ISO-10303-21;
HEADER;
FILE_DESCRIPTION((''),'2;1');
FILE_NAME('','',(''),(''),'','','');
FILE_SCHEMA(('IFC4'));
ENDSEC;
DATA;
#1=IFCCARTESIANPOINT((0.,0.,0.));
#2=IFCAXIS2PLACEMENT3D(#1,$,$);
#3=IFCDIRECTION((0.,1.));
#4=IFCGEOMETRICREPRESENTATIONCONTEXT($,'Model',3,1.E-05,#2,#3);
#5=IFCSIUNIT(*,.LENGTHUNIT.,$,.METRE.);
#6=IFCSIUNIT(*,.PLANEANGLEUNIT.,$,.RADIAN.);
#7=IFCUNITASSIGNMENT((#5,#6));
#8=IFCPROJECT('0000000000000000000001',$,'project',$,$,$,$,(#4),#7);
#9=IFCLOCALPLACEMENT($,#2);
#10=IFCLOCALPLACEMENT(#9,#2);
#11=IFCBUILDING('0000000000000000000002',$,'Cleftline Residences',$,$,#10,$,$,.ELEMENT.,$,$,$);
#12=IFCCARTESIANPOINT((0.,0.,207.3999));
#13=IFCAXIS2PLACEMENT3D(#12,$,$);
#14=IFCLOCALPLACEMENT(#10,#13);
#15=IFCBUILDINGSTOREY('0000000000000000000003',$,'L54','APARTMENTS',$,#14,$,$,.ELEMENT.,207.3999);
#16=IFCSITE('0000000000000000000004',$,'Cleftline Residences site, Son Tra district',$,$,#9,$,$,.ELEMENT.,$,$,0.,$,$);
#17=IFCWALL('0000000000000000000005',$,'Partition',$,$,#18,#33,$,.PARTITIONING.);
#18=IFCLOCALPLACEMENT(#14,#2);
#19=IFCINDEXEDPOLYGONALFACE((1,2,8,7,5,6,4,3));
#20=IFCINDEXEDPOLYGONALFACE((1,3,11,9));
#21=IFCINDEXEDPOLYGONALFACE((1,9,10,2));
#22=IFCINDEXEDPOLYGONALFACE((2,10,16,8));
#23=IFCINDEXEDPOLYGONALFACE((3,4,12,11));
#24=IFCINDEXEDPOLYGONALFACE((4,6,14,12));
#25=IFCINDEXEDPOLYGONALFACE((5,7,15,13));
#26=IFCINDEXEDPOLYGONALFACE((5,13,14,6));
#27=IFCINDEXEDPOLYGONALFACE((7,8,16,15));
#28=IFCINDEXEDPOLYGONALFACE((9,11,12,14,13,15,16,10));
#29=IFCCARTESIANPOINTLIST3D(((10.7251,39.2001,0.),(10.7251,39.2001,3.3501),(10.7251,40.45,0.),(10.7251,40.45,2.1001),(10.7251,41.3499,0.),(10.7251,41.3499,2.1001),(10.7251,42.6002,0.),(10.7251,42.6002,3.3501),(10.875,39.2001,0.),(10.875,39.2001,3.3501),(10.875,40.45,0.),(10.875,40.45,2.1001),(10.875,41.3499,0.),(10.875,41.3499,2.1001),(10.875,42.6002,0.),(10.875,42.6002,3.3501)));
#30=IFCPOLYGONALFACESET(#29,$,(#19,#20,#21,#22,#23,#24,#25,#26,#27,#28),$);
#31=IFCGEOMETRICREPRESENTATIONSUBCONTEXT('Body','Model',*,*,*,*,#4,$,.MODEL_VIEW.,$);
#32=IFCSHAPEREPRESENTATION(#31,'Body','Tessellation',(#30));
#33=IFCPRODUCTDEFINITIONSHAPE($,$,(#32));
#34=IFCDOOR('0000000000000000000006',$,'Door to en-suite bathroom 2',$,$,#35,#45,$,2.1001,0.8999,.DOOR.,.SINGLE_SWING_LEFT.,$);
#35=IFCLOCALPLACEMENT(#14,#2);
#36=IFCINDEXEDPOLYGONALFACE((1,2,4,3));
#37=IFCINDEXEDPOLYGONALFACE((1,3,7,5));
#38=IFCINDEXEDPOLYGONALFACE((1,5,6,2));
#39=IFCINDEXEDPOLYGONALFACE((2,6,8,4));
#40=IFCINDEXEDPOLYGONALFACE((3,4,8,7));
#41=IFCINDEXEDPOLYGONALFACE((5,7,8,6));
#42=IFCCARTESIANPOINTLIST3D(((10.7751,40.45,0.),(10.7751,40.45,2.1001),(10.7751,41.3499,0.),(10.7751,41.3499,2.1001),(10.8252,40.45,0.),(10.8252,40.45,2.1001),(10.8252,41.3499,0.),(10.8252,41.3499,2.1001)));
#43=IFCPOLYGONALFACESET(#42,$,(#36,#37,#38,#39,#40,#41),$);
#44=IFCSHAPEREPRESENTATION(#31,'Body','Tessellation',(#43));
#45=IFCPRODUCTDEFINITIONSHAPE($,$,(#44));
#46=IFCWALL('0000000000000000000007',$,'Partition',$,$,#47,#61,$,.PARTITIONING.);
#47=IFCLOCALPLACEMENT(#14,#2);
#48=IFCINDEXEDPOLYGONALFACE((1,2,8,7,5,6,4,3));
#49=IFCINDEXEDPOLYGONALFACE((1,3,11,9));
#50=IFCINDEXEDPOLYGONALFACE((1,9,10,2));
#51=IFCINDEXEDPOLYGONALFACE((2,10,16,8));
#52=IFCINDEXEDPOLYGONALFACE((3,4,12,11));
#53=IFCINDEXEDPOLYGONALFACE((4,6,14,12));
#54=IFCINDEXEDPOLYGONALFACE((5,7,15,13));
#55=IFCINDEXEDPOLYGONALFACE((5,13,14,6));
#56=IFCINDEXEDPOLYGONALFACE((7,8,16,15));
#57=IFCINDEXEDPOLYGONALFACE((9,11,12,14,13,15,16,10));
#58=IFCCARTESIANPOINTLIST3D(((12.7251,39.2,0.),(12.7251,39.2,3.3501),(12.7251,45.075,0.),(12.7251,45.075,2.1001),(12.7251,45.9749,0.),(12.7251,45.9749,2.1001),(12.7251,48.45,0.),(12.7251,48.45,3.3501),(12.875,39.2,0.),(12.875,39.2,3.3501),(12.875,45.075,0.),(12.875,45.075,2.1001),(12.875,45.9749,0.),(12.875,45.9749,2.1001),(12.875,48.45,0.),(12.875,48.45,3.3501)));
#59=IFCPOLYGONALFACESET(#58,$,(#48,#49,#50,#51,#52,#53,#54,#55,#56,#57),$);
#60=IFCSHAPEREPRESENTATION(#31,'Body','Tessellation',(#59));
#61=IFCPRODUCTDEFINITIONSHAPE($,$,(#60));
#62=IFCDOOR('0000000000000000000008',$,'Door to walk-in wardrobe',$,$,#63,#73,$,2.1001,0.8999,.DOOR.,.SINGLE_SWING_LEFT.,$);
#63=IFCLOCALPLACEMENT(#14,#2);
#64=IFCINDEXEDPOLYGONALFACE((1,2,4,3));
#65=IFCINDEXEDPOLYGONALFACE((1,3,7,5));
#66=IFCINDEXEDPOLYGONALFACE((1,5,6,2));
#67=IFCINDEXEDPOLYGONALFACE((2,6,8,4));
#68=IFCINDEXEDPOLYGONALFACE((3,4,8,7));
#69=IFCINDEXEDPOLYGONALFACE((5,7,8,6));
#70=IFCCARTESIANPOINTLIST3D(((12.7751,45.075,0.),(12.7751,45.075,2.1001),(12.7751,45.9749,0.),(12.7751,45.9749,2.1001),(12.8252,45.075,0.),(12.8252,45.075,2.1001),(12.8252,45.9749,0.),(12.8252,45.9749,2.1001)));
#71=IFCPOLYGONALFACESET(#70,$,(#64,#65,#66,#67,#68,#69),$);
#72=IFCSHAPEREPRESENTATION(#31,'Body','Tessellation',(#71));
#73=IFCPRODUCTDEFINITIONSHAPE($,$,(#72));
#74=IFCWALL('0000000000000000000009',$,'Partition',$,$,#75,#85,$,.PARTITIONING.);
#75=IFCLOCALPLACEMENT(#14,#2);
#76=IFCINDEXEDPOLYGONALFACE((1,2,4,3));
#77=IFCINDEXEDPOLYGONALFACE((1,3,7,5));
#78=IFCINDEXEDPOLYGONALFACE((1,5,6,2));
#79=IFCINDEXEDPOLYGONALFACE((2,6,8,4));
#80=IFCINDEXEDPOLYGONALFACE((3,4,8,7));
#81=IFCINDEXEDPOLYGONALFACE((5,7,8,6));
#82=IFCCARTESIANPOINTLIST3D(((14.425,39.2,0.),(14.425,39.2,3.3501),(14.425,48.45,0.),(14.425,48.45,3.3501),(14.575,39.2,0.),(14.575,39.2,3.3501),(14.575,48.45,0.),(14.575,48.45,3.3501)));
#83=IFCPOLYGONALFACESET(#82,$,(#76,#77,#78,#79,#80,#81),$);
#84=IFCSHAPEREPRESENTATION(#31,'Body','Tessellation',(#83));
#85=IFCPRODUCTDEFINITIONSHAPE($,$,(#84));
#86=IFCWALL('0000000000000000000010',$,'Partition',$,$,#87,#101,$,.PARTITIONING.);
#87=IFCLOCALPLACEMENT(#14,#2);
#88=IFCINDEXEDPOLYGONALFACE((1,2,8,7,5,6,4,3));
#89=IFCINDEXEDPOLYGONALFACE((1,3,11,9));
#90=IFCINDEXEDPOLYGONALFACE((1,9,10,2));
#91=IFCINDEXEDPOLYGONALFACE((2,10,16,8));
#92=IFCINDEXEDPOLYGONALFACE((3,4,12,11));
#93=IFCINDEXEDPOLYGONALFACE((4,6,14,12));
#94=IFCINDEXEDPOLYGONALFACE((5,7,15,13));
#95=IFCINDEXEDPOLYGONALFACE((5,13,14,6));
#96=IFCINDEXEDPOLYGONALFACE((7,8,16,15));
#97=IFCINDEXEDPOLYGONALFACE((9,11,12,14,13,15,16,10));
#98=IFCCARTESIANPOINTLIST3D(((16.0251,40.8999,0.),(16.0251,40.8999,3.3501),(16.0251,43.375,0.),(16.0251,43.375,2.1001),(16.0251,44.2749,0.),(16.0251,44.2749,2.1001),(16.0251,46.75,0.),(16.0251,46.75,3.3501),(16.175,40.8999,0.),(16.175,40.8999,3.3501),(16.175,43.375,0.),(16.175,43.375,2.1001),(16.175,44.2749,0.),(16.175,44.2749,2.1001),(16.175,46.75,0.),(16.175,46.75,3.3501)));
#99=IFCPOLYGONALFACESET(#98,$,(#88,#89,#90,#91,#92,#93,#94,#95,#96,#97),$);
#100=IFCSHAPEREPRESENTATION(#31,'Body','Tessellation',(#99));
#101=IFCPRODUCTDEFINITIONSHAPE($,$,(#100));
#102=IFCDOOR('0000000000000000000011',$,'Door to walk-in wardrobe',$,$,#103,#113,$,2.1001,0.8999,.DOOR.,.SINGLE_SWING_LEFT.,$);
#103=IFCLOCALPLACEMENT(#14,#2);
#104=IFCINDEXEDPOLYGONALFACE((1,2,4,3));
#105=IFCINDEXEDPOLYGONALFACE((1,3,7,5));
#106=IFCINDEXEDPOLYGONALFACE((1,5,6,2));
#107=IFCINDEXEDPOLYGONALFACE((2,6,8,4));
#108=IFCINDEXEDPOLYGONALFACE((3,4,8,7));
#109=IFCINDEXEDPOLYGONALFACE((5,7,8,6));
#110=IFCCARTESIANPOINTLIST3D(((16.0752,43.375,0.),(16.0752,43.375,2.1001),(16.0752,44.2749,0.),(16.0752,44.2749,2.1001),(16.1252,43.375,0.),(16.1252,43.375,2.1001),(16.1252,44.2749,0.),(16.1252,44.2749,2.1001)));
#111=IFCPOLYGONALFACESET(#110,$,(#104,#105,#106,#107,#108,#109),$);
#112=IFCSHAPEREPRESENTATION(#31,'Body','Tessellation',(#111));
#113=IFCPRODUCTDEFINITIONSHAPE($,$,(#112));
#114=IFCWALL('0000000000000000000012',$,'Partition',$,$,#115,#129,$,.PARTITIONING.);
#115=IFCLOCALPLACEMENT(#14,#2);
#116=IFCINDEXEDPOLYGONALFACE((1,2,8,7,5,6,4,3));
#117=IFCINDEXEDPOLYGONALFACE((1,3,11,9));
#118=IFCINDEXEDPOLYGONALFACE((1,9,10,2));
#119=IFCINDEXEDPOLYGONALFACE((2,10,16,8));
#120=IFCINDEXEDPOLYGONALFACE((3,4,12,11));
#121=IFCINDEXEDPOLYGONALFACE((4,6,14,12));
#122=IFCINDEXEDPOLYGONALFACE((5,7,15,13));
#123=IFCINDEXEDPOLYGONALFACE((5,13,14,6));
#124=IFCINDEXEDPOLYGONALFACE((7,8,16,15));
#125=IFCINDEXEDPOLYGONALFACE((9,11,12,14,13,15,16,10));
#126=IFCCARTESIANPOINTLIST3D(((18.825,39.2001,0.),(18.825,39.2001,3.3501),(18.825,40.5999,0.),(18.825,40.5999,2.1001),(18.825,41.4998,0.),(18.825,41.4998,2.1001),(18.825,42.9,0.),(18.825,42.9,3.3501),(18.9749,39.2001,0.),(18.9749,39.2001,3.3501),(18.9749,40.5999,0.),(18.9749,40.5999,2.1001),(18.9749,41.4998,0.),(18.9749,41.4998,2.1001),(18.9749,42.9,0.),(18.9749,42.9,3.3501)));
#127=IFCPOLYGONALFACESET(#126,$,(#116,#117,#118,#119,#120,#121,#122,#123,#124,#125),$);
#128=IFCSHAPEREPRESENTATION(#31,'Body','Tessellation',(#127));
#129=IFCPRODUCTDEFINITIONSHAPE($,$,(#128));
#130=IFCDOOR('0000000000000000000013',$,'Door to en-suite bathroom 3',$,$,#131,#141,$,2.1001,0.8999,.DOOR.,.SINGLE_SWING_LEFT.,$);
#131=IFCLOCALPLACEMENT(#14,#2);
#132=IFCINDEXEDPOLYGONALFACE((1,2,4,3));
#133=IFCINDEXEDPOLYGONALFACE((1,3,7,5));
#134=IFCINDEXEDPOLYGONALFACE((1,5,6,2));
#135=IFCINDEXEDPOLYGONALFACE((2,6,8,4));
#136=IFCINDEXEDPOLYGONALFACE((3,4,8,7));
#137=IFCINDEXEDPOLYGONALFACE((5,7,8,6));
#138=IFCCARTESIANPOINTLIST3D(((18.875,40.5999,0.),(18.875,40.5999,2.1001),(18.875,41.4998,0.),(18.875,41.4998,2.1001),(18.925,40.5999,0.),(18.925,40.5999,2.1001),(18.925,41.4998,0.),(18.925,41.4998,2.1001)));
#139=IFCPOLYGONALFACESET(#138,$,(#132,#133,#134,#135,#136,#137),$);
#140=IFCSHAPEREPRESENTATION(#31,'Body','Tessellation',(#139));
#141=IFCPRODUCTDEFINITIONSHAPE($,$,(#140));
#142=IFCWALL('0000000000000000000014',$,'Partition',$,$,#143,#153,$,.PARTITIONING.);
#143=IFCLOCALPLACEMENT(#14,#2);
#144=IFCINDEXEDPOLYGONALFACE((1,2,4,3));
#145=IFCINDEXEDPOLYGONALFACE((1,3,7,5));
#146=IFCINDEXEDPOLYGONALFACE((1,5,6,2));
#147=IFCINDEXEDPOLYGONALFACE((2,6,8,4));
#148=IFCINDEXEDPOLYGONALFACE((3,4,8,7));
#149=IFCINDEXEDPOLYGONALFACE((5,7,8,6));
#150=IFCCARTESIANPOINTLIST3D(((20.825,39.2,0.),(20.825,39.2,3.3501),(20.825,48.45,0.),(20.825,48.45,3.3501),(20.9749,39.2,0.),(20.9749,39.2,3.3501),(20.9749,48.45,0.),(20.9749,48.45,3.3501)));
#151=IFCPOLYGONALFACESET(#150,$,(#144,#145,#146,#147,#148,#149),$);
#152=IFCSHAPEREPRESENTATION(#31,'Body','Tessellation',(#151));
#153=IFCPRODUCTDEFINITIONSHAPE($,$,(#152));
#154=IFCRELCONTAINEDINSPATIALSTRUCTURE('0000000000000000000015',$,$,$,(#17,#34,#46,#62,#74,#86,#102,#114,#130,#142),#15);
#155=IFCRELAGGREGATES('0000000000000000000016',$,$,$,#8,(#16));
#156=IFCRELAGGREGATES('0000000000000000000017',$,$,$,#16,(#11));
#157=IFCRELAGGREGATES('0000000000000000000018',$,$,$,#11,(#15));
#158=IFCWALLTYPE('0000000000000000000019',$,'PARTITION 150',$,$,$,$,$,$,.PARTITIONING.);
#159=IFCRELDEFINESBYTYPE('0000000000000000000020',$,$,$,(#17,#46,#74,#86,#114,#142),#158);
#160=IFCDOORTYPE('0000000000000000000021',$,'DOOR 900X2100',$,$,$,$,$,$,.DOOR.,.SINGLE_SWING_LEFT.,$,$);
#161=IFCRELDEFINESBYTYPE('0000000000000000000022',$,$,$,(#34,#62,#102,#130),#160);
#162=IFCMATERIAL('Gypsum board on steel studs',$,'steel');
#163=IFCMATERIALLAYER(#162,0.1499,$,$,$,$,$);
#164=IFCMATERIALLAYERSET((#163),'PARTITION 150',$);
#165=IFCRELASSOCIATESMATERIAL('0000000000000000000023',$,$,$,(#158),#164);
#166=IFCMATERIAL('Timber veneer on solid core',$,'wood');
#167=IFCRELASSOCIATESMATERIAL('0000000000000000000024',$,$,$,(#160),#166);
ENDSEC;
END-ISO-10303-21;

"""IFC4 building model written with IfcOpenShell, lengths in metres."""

from ifc_helpers import new_model, si_unit, direction, frame, frame_2d, origin, place, context, subcontext, project, spatial, rectangle, extrude, material, layer, layer_set, type_object, element, fill, save


model = new_model("IFC4")

# Units and contexts
model_context = context("Model", 3, precision=1e-05, world=origin(), true_north=direction((0.0, 1.0)))
body_context = subcontext(model_context, "Body", "Model", "MODEL_VIEW")
ifc_project = project(units=[si_unit("LENGTHUNIT", "METRE"), si_unit("PLANEANGLEUNIT", "RADIAN")], contexts=[model_context])

# Site, building, storey
site_placement = place(None, origin())
site = spatial("IfcSite", under=ifc_project, at=site_placement, Name="Cleftline Residences site, Son Tra district", CompositionType="ELEMENT", RefElevation=0.0)
building_placement = place(site_placement, origin())
building = spatial("IfcBuilding", under=site, at=building_placement, Name="Cleftline Residences", CompositionType="ELEMENT")
storey_placement = place(building_placement, frame((0.0, 0.0, 207.3999)))
storey = spatial("IfcBuildingStorey", under=building, at=storey_placement, Name="L54", Description="APARTMENTS", CompositionType="ELEMENT", Elevation=207.3999)

# Shared definitions
ifc_material_1 = material(Name="Gypsum board on steel studs", Category="steel")
ifc_layer = layer(ifc_material_1, 0.1499)
ifc_layer_set = layer_set([ifc_layer], Name="PARTITION 150")
wall_type = type_object("IfcWallType", Name="PARTITION 150", PredefinedType="PARTITIONING", material=ifc_layer_set)

# Walls, openings, doors
wall_1_placement = place(storey_placement, frame((10.8, 39.2, 0.0), z_axis=(0.0, 0.0, 1.0), x_axis=(0.0, 1.0, 0.0)))
wall_1 = element("IfcWall", 1, at=wall_1_placement, inside=storey, type_object=wall_type, Name="Partition", PredefinedType="PARTITIONING", context=body_context, shape_type="SweptSolid", body=[
    extrude(rectangle(XDim=3.4001, YDim=0.1499, at=frame_2d((1.7002, 0.0))), origin(), (0.0, 0.0, 1.0), 3.3501),
])
opening_1_placement = place(wall_1_placement, frame((1.25, 0.0, 0.0)))
opening_1 = element("IfcOpeningElement", 2, at=opening_1_placement, cuts=wall_1, PredefinedType="OPENING", context=body_context, shape_type="SweptSolid", body=[
    extrude(rectangle(XDim=0.8999, YDim=2.1001, at=frame_2d((0.45, 1.05))), frame((0.0, 0.085, 0.0), z_axis=(0.0, -1.0, 0.0), x_axis=(1.0, 0.0, 0.0)), (0.0, 0.0, 1.0), 0.1699),
])
ifc_material_2 = material(Name="Timber veneer on solid core", Category="wood")
door_type_1 = type_object("IfcDoorType", Name="DOOR 900X2100", OperationType="SINGLE_SWING_LEFT", PredefinedType="DOOR", material=ifc_material_2)
door_1_placement = place(opening_1_placement, origin())
door_1 = element("IfcDoor", 3, at=door_1_placement, inside=storey, type_object=door_type_1, Name="Door to en-suite bathroom 2", OperationType="SINGLE_SWING_LEFT", OverallHeight=2.1001, OverallWidth=0.8999, PredefinedType="DOOR", context=body_context, shape_type="SweptSolid", body=[
    extrude(rectangle(XDim=0.8999, YDim=2.1001, at=frame_2d((0.45, 1.05))), frame((0.0, 0.0249, 0.0), z_axis=(0.0, -1.0, 0.0), x_axis=(1.0, 0.0, 0.0)), (0.0, 0.0, 1.0), 0.05),
])
fill(opening_1, door_1)
wall_2_placement = place(storey_placement, frame((12.8, 39.2, 0.0), z_axis=(0.0, 0.0, 1.0), x_axis=(0.0, 1.0, 0.0)))
wall_2 = element("IfcWall", 4, at=wall_2_placement, inside=storey, type_object=wall_type, Name="Partition", PredefinedType="PARTITIONING", context=body_context, shape_type="SweptSolid", body=[
    extrude(rectangle(XDim=9.25, YDim=0.1499, at=frame_2d((4.625, 0.0))), origin(), (0.0, 0.0, 1.0), 3.3501),
])
opening_2_placement = place(wall_2_placement, frame((5.875, 0.0, 0.0)))
opening_2 = element("IfcOpeningElement", 5, at=opening_2_placement, cuts=wall_2, PredefinedType="OPENING", context=body_context, shape_type="SweptSolid", body=[
    extrude(rectangle(XDim=0.8999, YDim=2.1001, at=frame_2d((0.45, 1.05))), frame((0.0, 0.085, 0.0), z_axis=(0.0, -1.0, 0.0), x_axis=(1.0, 0.0, 0.0)), (0.0, 0.0, 1.0), 0.1699),
])
door_2_placement = place(opening_2_placement, origin())
door_2 = element("IfcDoor", 6, at=door_2_placement, inside=storey, type_object=door_type_1, Name="Door to walk-in wardrobe", OperationType="SINGLE_SWING_LEFT", OverallHeight=2.1001, OverallWidth=0.8999, PredefinedType="DOOR", context=body_context, shape_type="SweptSolid", body=[
    extrude(rectangle(XDim=0.8999, YDim=2.1001, at=frame_2d((0.45, 1.05))), frame((0.0, 0.0249, 0.0), z_axis=(0.0, -1.0, 0.0), x_axis=(1.0, 0.0, 0.0)), (0.0, 0.0, 1.0), 0.05),
])
fill(opening_2, door_2)

# Wall
wall_3_placement = place(storey_placement, frame((14.5, 39.2, 0.0), z_axis=(0.0, 0.0, 1.0), x_axis=(0.0, 1.0, 0.0)))
element("IfcWall", 7, at=wall_3_placement, inside=storey, type_object=wall_type, Name="Partition", PredefinedType="PARTITIONING", context=body_context, shape_type="SweptSolid", body=[
    extrude(rectangle(XDim=9.25, YDim=0.1499, at=frame_2d((4.625, 0.0))), origin(), (0.0, 0.0, 1.0), 3.3501),
])

# Walls, openings, doors
wall_4_placement = place(storey_placement, frame((16.1001, 40.8999, 0.0), z_axis=(0.0, 0.0, 1.0), x_axis=(0.0, 1.0, 0.0)))
wall_4 = element("IfcWall", 8, at=wall_4_placement, inside=storey, type_object=wall_type, Name="Partition", PredefinedType="PARTITIONING", context=body_context, shape_type="SweptSolid", body=[
    extrude(rectangle(XDim=5.8501, YDim=0.1499, at=frame_2d((2.925, 0.0))), origin(), (0.0, 0.0, 1.0), 3.3501),
])
opening_3_placement = place(wall_4_placement, frame((2.4751, 0.0, 0.0)))
opening_3 = element("IfcOpeningElement", 9, at=opening_3_placement, cuts=wall_4, PredefinedType="OPENING", context=body_context, shape_type="SweptSolid", body=[
    extrude(rectangle(XDim=0.8999, YDim=2.1001, at=frame_2d((0.45, 1.05))), frame((0.0, 0.085, 0.0), z_axis=(0.0, -1.0, 0.0), x_axis=(1.0, 0.0, 0.0)), (0.0, 0.0, 1.0), 0.1699),
])
door_3_placement = place(opening_3_placement, origin())
door_3 = element("IfcDoor", 10, at=door_3_placement, inside=storey, type_object=door_type_1, Name="Door to walk-in wardrobe", OperationType="SINGLE_SWING_LEFT", OverallHeight=2.1001, OverallWidth=0.8999, PredefinedType="DOOR", context=body_context, shape_type="SweptSolid", body=[
    extrude(rectangle(XDim=0.8999, YDim=2.1001, at=frame_2d((0.45, 1.05))), frame((0.0, 0.0249, 0.0), z_axis=(0.0, -1.0, 0.0), x_axis=(1.0, 0.0, 0.0)), (0.0, 0.0, 1.0), 0.05),
])
fill(opening_3, door_3)
wall_5_placement = place(storey_placement, frame((18.8999, 39.2, 0.0), z_axis=(0.0, 0.0, 1.0), x_axis=(0.0, 1.0, 0.0)))
wall_5 = element("IfcWall", 11, at=wall_5_placement, inside=storey, type_object=wall_type, Name="Partition", PredefinedType="PARTITIONING", context=body_context, shape_type="SweptSolid", body=[
    extrude(rectangle(XDim=3.7, YDim=0.1499, at=frame_2d((1.8501, 0.0))), origin(), (0.0, 0.0, 1.0), 3.3501),
])
opening_4_placement = place(wall_5_placement, frame((1.3999, 0.0, 0.0)))
opening_4 = element("IfcOpeningElement", 12, at=opening_4_placement, cuts=wall_5, PredefinedType="OPENING", context=body_context, shape_type="SweptSolid", body=[
    extrude(rectangle(XDim=0.8999, YDim=2.1001, at=frame_2d((0.45, 1.05))), frame((0.0, 0.085, 0.0), z_axis=(0.0, -1.0, 0.0), x_axis=(1.0, 0.0, 0.0)), (0.0, 0.0, 1.0), 0.1699),
])
door_4_placement = place(opening_4_placement, origin())
door_4 = element("IfcDoor", 13, at=door_4_placement, inside=storey, type_object=door_type_1, Name="Door to en-suite bathroom 3", OperationType="SINGLE_SWING_LEFT", OverallHeight=2.1001, OverallWidth=0.8999, PredefinedType="DOOR", context=body_context, shape_type="SweptSolid", body=[
    extrude(rectangle(XDim=0.8999, YDim=2.1001, at=frame_2d((0.45, 1.05))), frame((0.0, 0.0249, 0.0), z_axis=(0.0, -1.0, 0.0), x_axis=(1.0, 0.0, 0.0)), (0.0, 0.0, 1.0), 0.05),
])
fill(opening_4, door_4)

# Wall
wall_6_placement = place(storey_placement, frame((20.8999, 39.2, 0.0), z_axis=(0.0, 0.0, 1.0), x_axis=(0.0, 1.0, 0.0)))
element("IfcWall", 14, at=wall_6_placement, inside=storey, type_object=wall_type, Name="Partition", PredefinedType="PARTITIONING", context=body_context, shape_type="SweptSolid", body=[
    extrude(rectangle(XDim=9.25, YDim=0.1499, at=frame_2d((4.625, 0.0))), origin(), (0.0, 0.0, 1.0), 3.3501),
])

save(model, "model.ifc")
